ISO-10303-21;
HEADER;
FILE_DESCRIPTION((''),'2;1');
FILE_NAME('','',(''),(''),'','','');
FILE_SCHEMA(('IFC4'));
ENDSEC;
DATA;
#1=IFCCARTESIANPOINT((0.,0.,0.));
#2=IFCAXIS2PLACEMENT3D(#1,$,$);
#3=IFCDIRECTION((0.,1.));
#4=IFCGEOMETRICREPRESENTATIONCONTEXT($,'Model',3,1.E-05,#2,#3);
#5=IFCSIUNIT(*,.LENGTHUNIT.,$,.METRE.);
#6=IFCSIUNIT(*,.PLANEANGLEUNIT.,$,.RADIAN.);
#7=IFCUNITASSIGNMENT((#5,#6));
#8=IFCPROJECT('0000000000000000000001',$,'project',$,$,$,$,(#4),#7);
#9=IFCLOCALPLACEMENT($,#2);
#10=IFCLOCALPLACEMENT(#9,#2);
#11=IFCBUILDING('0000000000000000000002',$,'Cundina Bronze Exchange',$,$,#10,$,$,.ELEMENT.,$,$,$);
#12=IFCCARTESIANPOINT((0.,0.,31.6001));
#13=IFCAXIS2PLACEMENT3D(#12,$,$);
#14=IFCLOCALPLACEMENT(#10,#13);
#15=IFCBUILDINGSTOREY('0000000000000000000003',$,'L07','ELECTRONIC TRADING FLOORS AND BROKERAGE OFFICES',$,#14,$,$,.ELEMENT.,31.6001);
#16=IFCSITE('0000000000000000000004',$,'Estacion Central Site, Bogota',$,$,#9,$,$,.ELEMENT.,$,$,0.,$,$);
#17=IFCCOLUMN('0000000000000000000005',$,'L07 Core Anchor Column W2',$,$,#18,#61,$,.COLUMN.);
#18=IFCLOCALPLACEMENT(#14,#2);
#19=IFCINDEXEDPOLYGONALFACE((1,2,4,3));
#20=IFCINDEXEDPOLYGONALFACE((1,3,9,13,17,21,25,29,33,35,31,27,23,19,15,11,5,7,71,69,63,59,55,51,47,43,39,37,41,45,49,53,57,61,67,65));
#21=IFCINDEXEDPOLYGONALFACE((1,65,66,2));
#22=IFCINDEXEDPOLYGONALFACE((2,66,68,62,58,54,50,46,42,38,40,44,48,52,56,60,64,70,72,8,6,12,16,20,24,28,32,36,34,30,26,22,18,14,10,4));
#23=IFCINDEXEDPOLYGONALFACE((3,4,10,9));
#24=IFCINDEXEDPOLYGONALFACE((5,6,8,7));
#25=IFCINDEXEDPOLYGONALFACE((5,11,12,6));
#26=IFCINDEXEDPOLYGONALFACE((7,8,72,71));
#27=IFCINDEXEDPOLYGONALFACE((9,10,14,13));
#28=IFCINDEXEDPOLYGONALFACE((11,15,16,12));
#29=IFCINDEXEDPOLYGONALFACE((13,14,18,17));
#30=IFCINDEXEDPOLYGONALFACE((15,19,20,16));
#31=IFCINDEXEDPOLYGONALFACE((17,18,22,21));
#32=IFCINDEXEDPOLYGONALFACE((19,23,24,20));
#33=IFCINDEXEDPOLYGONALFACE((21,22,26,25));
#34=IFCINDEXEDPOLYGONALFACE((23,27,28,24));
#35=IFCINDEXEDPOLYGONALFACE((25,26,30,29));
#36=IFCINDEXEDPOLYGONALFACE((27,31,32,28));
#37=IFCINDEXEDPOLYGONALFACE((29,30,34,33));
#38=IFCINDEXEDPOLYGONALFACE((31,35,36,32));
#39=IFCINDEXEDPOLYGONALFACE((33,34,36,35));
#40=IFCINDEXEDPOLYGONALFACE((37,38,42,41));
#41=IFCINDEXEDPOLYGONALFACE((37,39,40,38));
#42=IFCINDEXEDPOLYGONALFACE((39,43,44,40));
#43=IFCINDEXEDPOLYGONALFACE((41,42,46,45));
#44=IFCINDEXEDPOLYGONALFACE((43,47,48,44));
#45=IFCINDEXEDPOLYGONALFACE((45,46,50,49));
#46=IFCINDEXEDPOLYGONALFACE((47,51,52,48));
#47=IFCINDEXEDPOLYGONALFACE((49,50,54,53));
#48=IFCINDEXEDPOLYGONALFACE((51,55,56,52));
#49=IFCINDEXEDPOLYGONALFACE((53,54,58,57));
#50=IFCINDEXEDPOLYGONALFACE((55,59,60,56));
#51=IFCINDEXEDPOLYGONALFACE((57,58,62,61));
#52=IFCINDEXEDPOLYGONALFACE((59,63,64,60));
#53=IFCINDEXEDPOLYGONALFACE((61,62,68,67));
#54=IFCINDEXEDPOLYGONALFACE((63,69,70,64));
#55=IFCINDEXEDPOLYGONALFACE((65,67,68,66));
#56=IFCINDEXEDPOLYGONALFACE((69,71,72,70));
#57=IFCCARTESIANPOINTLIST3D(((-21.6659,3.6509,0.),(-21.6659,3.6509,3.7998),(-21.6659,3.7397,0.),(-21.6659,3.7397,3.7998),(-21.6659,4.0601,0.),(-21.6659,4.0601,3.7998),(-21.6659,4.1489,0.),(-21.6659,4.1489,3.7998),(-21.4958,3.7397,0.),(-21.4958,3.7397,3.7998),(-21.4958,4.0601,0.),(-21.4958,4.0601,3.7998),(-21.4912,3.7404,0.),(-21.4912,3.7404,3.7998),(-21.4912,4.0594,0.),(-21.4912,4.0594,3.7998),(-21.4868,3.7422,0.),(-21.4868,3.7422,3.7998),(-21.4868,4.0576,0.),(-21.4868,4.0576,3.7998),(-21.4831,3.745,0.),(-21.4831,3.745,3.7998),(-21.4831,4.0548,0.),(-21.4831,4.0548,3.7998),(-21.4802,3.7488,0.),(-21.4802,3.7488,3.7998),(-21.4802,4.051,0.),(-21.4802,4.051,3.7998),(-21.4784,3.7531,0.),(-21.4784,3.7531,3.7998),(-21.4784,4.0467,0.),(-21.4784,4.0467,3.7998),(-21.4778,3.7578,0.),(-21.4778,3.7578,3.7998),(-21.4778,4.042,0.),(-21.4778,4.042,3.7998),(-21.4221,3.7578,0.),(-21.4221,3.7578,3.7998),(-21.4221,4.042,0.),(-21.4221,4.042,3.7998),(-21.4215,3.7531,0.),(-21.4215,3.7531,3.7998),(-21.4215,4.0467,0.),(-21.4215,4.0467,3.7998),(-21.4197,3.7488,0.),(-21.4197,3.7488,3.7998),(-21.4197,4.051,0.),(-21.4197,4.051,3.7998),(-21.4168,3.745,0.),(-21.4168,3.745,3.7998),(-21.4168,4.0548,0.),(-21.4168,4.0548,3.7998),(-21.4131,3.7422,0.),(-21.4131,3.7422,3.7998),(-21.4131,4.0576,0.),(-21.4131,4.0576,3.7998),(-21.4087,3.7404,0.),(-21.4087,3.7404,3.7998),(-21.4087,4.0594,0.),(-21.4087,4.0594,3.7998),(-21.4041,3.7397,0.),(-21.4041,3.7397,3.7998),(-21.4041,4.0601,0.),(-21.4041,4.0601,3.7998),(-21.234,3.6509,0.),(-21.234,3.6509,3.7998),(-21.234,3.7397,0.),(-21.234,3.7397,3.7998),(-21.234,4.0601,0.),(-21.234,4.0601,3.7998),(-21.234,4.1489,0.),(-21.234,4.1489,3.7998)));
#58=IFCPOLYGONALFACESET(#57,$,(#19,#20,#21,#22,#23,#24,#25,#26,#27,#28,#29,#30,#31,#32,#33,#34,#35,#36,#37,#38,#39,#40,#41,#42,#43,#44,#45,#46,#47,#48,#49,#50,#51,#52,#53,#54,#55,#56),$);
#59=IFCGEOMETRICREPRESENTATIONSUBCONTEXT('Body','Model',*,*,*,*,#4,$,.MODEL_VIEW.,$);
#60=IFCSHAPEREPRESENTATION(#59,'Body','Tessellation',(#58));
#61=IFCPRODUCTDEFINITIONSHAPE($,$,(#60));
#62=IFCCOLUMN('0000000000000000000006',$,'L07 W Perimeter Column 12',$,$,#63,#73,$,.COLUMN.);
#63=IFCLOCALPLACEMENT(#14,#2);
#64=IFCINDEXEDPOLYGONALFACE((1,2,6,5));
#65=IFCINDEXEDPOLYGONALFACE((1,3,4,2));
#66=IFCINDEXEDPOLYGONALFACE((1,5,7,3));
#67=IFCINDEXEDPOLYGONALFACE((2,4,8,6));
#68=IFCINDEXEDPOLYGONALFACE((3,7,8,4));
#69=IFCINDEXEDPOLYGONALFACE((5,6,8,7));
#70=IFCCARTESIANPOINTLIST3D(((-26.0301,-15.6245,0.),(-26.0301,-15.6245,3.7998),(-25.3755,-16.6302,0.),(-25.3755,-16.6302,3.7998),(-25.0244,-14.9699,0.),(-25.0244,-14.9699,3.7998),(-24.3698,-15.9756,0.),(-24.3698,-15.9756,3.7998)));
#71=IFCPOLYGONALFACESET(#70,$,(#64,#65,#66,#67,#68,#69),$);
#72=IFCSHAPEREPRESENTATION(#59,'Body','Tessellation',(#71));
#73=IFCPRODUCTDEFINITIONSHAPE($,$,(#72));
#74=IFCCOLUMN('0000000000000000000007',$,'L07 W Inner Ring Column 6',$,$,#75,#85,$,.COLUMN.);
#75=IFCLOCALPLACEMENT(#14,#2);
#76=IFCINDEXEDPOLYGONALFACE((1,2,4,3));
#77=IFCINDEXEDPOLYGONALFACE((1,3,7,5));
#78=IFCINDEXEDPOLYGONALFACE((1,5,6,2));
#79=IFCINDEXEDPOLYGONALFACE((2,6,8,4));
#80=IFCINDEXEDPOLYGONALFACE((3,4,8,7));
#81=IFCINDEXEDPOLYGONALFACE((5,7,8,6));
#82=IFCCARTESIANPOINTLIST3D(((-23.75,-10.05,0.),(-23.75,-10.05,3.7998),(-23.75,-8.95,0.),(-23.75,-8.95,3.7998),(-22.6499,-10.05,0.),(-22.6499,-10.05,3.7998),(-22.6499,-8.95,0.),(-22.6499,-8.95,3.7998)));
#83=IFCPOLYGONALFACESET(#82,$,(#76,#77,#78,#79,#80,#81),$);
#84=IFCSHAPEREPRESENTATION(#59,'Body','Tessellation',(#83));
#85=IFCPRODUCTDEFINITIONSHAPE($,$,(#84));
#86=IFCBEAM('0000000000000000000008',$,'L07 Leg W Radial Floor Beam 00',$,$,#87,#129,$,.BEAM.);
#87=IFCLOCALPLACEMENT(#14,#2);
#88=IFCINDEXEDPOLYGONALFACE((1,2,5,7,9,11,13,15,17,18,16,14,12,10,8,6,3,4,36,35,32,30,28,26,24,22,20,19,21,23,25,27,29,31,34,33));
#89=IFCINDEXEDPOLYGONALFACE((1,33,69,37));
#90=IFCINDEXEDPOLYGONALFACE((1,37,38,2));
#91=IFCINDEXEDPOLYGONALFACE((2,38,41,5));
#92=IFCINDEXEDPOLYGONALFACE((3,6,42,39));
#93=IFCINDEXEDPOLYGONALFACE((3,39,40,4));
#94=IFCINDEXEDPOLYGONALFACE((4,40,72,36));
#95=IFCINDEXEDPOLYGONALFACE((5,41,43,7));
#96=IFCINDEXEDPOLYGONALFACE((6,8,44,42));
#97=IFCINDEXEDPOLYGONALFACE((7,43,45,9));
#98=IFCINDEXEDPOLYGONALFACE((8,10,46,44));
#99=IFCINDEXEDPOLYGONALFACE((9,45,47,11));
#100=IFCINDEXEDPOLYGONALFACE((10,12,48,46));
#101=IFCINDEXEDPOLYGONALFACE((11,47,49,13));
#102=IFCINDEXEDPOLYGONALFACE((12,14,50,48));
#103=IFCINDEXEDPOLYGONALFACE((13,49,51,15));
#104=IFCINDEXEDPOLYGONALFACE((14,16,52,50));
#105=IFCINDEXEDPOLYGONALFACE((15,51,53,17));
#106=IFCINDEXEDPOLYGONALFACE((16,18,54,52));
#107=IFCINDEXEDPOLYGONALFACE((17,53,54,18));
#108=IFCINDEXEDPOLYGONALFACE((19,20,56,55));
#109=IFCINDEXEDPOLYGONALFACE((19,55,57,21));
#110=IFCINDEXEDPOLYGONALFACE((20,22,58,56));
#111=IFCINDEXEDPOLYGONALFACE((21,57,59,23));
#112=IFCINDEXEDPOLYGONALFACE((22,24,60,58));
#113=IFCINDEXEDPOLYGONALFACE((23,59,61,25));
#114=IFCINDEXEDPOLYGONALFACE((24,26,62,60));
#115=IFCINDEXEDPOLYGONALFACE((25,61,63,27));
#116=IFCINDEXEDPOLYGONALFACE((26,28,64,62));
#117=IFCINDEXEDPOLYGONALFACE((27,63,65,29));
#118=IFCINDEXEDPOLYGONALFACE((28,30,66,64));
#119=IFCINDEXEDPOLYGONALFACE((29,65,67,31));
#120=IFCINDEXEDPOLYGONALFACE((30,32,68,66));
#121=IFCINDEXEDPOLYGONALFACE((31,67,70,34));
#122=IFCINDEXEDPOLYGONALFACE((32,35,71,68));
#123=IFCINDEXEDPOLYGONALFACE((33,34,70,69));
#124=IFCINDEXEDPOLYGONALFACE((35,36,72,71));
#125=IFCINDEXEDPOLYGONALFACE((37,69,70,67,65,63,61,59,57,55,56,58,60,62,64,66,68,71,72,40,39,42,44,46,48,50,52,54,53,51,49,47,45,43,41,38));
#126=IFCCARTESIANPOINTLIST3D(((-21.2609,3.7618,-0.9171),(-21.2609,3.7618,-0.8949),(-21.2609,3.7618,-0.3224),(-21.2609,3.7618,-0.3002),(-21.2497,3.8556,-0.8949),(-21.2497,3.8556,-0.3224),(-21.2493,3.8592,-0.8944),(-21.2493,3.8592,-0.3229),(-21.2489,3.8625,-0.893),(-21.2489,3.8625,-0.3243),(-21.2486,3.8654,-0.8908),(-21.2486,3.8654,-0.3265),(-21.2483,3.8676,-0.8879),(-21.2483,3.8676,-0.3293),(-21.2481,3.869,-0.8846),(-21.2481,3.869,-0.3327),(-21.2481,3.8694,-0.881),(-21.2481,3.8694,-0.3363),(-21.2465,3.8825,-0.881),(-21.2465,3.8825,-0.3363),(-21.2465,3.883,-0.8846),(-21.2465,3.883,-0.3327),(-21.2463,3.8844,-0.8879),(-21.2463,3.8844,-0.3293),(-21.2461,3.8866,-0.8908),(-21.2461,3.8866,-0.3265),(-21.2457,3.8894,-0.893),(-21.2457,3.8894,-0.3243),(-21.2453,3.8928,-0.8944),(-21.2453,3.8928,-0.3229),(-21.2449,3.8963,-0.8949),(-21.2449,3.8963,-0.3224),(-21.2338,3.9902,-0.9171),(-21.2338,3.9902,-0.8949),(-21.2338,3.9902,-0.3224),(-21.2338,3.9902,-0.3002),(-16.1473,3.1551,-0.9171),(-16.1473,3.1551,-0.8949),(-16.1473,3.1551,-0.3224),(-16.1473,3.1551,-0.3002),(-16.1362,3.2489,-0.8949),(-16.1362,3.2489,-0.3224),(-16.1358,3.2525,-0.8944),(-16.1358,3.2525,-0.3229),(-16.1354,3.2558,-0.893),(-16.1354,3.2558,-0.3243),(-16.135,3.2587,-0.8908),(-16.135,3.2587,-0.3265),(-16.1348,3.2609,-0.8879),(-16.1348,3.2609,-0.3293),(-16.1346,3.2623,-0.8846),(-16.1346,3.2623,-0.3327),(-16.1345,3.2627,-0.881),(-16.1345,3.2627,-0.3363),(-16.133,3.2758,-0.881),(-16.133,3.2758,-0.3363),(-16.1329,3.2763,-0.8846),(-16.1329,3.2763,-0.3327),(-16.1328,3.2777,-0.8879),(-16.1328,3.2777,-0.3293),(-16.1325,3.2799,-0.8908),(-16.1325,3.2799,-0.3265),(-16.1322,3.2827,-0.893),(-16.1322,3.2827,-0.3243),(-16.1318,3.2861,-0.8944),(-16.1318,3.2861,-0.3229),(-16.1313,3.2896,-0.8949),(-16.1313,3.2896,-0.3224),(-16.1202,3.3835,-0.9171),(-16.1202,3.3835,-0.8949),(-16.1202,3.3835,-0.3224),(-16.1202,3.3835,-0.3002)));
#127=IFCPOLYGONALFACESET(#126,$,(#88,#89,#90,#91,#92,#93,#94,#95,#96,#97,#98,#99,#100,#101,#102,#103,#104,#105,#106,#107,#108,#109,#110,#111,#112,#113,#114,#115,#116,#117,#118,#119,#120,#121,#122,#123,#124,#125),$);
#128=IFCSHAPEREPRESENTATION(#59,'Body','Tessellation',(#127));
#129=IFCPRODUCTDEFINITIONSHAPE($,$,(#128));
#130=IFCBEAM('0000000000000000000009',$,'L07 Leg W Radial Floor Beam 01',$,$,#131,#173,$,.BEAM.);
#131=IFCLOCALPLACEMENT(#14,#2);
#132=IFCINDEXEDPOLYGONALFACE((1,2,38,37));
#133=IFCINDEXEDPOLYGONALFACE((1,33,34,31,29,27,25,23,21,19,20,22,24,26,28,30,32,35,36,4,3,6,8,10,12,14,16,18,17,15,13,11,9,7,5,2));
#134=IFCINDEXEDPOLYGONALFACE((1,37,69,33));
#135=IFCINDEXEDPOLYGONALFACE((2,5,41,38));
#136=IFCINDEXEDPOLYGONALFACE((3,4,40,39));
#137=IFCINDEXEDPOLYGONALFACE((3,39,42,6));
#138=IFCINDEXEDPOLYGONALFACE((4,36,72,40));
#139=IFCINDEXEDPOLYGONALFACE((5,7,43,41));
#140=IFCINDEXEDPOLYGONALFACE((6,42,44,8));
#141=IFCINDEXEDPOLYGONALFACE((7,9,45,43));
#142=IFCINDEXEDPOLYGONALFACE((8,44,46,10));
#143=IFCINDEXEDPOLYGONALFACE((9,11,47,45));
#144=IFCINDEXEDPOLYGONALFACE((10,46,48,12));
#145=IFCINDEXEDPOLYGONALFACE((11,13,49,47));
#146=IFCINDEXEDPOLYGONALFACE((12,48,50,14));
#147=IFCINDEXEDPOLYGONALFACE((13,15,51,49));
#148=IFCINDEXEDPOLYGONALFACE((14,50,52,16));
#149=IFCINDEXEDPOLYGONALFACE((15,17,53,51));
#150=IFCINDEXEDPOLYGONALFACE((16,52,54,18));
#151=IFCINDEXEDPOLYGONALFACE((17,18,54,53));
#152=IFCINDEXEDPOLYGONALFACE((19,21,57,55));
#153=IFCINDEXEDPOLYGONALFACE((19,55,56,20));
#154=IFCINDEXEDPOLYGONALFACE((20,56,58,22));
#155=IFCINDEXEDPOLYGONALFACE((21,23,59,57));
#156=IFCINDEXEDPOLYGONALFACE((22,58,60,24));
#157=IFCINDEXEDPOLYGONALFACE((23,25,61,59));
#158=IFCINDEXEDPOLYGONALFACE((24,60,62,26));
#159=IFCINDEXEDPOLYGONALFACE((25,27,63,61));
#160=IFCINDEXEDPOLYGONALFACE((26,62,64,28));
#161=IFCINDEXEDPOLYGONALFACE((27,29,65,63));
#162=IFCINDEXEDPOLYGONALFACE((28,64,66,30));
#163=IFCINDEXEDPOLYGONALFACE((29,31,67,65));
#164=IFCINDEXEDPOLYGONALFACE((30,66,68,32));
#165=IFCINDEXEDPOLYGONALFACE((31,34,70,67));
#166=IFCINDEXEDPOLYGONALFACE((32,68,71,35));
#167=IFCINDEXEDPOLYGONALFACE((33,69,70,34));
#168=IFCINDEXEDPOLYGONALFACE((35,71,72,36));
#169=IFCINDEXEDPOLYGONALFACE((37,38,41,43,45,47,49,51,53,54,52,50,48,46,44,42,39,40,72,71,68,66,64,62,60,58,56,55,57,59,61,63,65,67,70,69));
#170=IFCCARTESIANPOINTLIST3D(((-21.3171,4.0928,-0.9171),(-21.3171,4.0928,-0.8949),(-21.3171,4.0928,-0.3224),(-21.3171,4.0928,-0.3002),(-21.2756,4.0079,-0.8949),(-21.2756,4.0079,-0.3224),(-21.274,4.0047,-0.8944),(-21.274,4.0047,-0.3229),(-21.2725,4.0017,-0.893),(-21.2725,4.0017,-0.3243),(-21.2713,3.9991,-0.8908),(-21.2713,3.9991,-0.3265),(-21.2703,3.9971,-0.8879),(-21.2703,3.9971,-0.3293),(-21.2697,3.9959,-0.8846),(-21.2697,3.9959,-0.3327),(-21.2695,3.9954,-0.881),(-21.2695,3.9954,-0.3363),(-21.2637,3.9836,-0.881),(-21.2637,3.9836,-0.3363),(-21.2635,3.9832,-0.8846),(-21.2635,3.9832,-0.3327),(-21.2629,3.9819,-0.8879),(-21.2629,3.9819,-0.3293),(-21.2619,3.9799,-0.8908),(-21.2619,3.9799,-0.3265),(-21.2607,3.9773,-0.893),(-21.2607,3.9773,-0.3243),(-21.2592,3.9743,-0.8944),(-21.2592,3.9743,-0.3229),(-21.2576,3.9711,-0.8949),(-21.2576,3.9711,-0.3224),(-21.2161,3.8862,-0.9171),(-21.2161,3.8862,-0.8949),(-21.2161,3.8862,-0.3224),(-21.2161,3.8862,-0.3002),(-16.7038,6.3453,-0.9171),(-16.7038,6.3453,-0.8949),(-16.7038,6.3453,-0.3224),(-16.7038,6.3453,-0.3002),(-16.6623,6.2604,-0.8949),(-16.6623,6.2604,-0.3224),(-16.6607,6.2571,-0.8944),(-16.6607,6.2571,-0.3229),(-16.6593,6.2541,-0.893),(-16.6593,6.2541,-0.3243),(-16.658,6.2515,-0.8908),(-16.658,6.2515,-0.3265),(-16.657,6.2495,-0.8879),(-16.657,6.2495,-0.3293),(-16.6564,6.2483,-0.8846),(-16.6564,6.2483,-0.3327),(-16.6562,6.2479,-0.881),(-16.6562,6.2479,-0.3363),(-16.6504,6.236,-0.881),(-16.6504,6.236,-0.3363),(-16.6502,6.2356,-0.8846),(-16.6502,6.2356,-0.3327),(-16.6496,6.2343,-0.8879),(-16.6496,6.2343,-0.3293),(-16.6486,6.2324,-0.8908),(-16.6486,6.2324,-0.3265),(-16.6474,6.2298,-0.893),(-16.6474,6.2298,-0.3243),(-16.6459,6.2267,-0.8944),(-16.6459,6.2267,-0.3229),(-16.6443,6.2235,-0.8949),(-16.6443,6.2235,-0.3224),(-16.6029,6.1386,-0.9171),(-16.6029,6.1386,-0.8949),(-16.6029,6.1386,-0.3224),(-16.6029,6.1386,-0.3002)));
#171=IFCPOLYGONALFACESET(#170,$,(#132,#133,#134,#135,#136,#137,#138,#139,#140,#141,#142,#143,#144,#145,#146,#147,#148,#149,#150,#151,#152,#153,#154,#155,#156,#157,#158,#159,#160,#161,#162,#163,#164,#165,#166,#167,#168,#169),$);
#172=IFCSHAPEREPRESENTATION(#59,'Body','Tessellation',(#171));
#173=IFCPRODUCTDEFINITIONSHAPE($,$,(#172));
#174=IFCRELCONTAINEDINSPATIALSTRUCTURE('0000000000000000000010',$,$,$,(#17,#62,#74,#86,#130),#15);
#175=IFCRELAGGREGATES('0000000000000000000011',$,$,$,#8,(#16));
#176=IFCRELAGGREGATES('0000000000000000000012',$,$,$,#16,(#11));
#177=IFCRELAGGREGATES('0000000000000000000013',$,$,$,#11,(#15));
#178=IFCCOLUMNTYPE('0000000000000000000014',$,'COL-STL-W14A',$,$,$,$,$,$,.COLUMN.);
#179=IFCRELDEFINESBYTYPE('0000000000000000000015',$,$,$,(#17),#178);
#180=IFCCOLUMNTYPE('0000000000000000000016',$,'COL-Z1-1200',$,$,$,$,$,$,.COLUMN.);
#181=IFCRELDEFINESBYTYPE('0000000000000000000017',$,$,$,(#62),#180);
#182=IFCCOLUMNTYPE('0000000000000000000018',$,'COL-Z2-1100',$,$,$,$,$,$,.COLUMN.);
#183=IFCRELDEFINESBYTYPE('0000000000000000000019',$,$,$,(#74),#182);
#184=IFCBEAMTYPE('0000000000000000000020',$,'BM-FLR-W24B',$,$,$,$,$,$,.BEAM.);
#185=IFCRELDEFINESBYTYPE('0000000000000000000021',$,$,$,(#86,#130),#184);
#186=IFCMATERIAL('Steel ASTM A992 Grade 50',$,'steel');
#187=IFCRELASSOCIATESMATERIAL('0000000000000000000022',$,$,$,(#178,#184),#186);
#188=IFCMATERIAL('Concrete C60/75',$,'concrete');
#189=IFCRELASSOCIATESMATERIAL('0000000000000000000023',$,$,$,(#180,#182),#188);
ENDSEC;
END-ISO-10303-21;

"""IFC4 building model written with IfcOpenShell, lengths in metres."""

from ifc_helpers import new_model, si_unit, direction, frame, origin, origin_2d, place, context, subcontext, project, spatial, rectangle, i_section, extrude, material, material_profile, profile_set, type_object, element, save


model = new_model("IFC4")

# Units and contexts
model_context = context("Model", 3, precision=1e-05, world=origin(), true_north=direction((0.0, 1.0)))
body_context = subcontext(model_context, "Body", "Model", "MODEL_VIEW")
ifc_project = project(units=[si_unit("LENGTHUNIT", "METRE"), si_unit("PLANEANGLEUNIT", "RADIAN")], contexts=[model_context])

# Site, building, storey
site_placement = place(None, origin())
site = spatial("IfcSite", under=ifc_project, at=site_placement, Name="Estacion Central Site, Bogota", CompositionType="ELEMENT", RefElevation=0.0)
building_placement = place(site_placement, origin())
building = spatial("IfcBuilding", under=site, at=building_placement, Name="Cundina Bronze Exchange", CompositionType="ELEMENT")
storey_placement = place(building_placement, frame((0.0, 0.0, 31.6001)))
storey = spatial("IfcBuildingStorey", under=building, at=storey_placement, Name="L07", Description="ELECTRONIC TRADING FLOORS AND BROKERAGE OFFICES", CompositionType="ELEMENT", Elevation=31.6001)

# Columns
ifc_material_1 = material(Name="Steel ASTM A992 Grade 50", Category="steel")
ifc_material_profile_1 = material_profile(ifc_material_1, i_section(OverallWidth=0.4319, OverallDepth=0.498, WebThickness=0.0557, FlangeThickness=0.0889, FilletRadius=0.0181, at=origin_2d()), Name="W14X500", Category="steel")
ifc_profile_set_1 = profile_set([ifc_material_profile_1], Name="Steel ASTM A992 Grade 50")
column_type_1 = type_object("IfcColumnType", Name="COL-STL-W14A", PredefinedType="COLUMN", material=ifc_profile_set_1)
column_1_placement = place(storey_placement, frame((-21.45, 3.8999, 0.0), z_axis=(0.0, 0.0, 1.0), x_axis=(1.0, 0.0, 0.0)))
element("IfcColumn", 1, at=column_1_placement, inside=storey, type_object=column_type_1, Name="L07 Core Anchor Column W2", PredefinedType="COLUMN", context=body_context, shape_type="SweptSolid", body=[
    extrude(i_section(OverallWidth=0.4319, OverallDepth=0.498, WebThickness=0.0557, FlangeThickness=0.0889, FilletRadius=0.0181, at=origin_2d()), origin(), (0.0, 0.0, 1.0), 3.7998),
])
ifc_material_2 = material(Name="Concrete C60/75", Category="concrete")
ifc_material_profile_2 = material_profile(ifc_material_2, rectangle(XDim=1.2, YDim=1.2, at=origin_2d()), Name="RC1200X1200", Category="concrete")
ifc_profile_set_2 = profile_set([ifc_material_profile_2], Name="Concrete C60/75")
column_type_2 = type_object("IfcColumnType", Name="COL-Z1-1200", PredefinedType="COLUMN", material=ifc_profile_set_2)
column_2_placement = place(storey_placement, frame((-25.2, -15.8, 0.0), z_axis=(0.0, 0.0, 1.0), x_axis=(0.8381, 0.545517, 0.0)))
element("IfcColumn", 2, at=column_2_placement, inside=storey, type_object=column_type_2, Name="L07 W Perimeter Column 12", PredefinedType="COLUMN", context=body_context, shape_type="SweptSolid", body=[
    extrude(rectangle(XDim=1.2, YDim=1.2, at=origin_2d()), origin(), (0.0, 0.0, 1.0), 3.7998),
])
ifc_material_profile_3 = material_profile(ifc_material_2, rectangle(XDim=1.1001, YDim=1.1001, at=origin_2d()), Name="RC1100X1100", Category="concrete")
ifc_profile_set_3 = profile_set([ifc_material_profile_3], Name="Concrete C60/75")
column_type_3 = type_object("IfcColumnType", Name="COL-Z2-1100", PredefinedType="COLUMN", material=ifc_profile_set_3)
column_3_placement = place(storey_placement, frame((-23.2, -9.5, 0.0), z_axis=(0.0, 0.0, 1.0), x_axis=(1.0, 0.0, 0.0)))
element("IfcColumn", 3, at=column_3_placement, inside=storey, type_object=column_type_3, Name="L07 W Inner Ring Column 6", PredefinedType="COLUMN", context=body_context, shape_type="SweptSolid", body=[
    extrude(rectangle(XDim=1.1001, YDim=1.1001, at=origin_2d()), origin(), (0.0, 0.0, 1.0), 3.7998),
])

# Beams
ifc_material_profile_4 = material_profile(ifc_material_1, i_section(OverallWidth=0.23, OverallDepth=0.6169, WebThickness=0.0132, FlangeThickness=0.0222, FilletRadius=0.0139, at=origin_2d()), Name="W24X94", Category="steel")
ifc_profile_set_4 = profile_set([ifc_material_profile_4], Name="Steel ASTM A992 Grade 50")
beam_type_1 = type_object("IfcBeamType", Name="BM-FLR-W24B", PredefinedType="BEAM", material=ifc_profile_set_4)
beam_1_placement = place(storey_placement, frame((-21.2473, 3.876, -0.6086), z_axis=(0.993035, -0.117818, 0.0), x_axis=(0.117818, 0.993035, 0.0)))
element("IfcBeam", 4, at=beam_1_placement, inside=storey, type_object=beam_type_1, Name="L07 Leg W Radial Floor Beam 00", PredefinedType="BEAM", context=body_context, shape_type="SweptSolid", body=[
    extrude(i_section(OverallWidth=0.23, OverallDepth=0.6169, WebThickness=0.0132, FlangeThickness=0.0222, FilletRadius=0.0139, at=origin_2d()), origin(), (0.0, 0.0, 1.0), 5.1494),
])
beam_2_placement = place(storey_placement, frame((-21.2666, 3.9895, -0.6086), z_axis=(0.89861, 0.438748, 0.0), x_axis=(-0.438748, 0.89861, 0.0)))
element("IfcBeam", 5, at=beam_2_placement, inside=storey, type_object=beam_type_1, Name="L07 Leg W Radial Floor Beam 01", PredefinedType="BEAM", context=body_context, shape_type="SweptSolid", body=[
    extrude(i_section(OverallWidth=0.23, OverallDepth=0.6169, WebThickness=0.0132, FlangeThickness=0.0222, FilletRadius=0.0139, at=origin_2d()), origin(), (0.0, 0.0, 1.0), 5.1338),
])

save(model, "model.ifc")
